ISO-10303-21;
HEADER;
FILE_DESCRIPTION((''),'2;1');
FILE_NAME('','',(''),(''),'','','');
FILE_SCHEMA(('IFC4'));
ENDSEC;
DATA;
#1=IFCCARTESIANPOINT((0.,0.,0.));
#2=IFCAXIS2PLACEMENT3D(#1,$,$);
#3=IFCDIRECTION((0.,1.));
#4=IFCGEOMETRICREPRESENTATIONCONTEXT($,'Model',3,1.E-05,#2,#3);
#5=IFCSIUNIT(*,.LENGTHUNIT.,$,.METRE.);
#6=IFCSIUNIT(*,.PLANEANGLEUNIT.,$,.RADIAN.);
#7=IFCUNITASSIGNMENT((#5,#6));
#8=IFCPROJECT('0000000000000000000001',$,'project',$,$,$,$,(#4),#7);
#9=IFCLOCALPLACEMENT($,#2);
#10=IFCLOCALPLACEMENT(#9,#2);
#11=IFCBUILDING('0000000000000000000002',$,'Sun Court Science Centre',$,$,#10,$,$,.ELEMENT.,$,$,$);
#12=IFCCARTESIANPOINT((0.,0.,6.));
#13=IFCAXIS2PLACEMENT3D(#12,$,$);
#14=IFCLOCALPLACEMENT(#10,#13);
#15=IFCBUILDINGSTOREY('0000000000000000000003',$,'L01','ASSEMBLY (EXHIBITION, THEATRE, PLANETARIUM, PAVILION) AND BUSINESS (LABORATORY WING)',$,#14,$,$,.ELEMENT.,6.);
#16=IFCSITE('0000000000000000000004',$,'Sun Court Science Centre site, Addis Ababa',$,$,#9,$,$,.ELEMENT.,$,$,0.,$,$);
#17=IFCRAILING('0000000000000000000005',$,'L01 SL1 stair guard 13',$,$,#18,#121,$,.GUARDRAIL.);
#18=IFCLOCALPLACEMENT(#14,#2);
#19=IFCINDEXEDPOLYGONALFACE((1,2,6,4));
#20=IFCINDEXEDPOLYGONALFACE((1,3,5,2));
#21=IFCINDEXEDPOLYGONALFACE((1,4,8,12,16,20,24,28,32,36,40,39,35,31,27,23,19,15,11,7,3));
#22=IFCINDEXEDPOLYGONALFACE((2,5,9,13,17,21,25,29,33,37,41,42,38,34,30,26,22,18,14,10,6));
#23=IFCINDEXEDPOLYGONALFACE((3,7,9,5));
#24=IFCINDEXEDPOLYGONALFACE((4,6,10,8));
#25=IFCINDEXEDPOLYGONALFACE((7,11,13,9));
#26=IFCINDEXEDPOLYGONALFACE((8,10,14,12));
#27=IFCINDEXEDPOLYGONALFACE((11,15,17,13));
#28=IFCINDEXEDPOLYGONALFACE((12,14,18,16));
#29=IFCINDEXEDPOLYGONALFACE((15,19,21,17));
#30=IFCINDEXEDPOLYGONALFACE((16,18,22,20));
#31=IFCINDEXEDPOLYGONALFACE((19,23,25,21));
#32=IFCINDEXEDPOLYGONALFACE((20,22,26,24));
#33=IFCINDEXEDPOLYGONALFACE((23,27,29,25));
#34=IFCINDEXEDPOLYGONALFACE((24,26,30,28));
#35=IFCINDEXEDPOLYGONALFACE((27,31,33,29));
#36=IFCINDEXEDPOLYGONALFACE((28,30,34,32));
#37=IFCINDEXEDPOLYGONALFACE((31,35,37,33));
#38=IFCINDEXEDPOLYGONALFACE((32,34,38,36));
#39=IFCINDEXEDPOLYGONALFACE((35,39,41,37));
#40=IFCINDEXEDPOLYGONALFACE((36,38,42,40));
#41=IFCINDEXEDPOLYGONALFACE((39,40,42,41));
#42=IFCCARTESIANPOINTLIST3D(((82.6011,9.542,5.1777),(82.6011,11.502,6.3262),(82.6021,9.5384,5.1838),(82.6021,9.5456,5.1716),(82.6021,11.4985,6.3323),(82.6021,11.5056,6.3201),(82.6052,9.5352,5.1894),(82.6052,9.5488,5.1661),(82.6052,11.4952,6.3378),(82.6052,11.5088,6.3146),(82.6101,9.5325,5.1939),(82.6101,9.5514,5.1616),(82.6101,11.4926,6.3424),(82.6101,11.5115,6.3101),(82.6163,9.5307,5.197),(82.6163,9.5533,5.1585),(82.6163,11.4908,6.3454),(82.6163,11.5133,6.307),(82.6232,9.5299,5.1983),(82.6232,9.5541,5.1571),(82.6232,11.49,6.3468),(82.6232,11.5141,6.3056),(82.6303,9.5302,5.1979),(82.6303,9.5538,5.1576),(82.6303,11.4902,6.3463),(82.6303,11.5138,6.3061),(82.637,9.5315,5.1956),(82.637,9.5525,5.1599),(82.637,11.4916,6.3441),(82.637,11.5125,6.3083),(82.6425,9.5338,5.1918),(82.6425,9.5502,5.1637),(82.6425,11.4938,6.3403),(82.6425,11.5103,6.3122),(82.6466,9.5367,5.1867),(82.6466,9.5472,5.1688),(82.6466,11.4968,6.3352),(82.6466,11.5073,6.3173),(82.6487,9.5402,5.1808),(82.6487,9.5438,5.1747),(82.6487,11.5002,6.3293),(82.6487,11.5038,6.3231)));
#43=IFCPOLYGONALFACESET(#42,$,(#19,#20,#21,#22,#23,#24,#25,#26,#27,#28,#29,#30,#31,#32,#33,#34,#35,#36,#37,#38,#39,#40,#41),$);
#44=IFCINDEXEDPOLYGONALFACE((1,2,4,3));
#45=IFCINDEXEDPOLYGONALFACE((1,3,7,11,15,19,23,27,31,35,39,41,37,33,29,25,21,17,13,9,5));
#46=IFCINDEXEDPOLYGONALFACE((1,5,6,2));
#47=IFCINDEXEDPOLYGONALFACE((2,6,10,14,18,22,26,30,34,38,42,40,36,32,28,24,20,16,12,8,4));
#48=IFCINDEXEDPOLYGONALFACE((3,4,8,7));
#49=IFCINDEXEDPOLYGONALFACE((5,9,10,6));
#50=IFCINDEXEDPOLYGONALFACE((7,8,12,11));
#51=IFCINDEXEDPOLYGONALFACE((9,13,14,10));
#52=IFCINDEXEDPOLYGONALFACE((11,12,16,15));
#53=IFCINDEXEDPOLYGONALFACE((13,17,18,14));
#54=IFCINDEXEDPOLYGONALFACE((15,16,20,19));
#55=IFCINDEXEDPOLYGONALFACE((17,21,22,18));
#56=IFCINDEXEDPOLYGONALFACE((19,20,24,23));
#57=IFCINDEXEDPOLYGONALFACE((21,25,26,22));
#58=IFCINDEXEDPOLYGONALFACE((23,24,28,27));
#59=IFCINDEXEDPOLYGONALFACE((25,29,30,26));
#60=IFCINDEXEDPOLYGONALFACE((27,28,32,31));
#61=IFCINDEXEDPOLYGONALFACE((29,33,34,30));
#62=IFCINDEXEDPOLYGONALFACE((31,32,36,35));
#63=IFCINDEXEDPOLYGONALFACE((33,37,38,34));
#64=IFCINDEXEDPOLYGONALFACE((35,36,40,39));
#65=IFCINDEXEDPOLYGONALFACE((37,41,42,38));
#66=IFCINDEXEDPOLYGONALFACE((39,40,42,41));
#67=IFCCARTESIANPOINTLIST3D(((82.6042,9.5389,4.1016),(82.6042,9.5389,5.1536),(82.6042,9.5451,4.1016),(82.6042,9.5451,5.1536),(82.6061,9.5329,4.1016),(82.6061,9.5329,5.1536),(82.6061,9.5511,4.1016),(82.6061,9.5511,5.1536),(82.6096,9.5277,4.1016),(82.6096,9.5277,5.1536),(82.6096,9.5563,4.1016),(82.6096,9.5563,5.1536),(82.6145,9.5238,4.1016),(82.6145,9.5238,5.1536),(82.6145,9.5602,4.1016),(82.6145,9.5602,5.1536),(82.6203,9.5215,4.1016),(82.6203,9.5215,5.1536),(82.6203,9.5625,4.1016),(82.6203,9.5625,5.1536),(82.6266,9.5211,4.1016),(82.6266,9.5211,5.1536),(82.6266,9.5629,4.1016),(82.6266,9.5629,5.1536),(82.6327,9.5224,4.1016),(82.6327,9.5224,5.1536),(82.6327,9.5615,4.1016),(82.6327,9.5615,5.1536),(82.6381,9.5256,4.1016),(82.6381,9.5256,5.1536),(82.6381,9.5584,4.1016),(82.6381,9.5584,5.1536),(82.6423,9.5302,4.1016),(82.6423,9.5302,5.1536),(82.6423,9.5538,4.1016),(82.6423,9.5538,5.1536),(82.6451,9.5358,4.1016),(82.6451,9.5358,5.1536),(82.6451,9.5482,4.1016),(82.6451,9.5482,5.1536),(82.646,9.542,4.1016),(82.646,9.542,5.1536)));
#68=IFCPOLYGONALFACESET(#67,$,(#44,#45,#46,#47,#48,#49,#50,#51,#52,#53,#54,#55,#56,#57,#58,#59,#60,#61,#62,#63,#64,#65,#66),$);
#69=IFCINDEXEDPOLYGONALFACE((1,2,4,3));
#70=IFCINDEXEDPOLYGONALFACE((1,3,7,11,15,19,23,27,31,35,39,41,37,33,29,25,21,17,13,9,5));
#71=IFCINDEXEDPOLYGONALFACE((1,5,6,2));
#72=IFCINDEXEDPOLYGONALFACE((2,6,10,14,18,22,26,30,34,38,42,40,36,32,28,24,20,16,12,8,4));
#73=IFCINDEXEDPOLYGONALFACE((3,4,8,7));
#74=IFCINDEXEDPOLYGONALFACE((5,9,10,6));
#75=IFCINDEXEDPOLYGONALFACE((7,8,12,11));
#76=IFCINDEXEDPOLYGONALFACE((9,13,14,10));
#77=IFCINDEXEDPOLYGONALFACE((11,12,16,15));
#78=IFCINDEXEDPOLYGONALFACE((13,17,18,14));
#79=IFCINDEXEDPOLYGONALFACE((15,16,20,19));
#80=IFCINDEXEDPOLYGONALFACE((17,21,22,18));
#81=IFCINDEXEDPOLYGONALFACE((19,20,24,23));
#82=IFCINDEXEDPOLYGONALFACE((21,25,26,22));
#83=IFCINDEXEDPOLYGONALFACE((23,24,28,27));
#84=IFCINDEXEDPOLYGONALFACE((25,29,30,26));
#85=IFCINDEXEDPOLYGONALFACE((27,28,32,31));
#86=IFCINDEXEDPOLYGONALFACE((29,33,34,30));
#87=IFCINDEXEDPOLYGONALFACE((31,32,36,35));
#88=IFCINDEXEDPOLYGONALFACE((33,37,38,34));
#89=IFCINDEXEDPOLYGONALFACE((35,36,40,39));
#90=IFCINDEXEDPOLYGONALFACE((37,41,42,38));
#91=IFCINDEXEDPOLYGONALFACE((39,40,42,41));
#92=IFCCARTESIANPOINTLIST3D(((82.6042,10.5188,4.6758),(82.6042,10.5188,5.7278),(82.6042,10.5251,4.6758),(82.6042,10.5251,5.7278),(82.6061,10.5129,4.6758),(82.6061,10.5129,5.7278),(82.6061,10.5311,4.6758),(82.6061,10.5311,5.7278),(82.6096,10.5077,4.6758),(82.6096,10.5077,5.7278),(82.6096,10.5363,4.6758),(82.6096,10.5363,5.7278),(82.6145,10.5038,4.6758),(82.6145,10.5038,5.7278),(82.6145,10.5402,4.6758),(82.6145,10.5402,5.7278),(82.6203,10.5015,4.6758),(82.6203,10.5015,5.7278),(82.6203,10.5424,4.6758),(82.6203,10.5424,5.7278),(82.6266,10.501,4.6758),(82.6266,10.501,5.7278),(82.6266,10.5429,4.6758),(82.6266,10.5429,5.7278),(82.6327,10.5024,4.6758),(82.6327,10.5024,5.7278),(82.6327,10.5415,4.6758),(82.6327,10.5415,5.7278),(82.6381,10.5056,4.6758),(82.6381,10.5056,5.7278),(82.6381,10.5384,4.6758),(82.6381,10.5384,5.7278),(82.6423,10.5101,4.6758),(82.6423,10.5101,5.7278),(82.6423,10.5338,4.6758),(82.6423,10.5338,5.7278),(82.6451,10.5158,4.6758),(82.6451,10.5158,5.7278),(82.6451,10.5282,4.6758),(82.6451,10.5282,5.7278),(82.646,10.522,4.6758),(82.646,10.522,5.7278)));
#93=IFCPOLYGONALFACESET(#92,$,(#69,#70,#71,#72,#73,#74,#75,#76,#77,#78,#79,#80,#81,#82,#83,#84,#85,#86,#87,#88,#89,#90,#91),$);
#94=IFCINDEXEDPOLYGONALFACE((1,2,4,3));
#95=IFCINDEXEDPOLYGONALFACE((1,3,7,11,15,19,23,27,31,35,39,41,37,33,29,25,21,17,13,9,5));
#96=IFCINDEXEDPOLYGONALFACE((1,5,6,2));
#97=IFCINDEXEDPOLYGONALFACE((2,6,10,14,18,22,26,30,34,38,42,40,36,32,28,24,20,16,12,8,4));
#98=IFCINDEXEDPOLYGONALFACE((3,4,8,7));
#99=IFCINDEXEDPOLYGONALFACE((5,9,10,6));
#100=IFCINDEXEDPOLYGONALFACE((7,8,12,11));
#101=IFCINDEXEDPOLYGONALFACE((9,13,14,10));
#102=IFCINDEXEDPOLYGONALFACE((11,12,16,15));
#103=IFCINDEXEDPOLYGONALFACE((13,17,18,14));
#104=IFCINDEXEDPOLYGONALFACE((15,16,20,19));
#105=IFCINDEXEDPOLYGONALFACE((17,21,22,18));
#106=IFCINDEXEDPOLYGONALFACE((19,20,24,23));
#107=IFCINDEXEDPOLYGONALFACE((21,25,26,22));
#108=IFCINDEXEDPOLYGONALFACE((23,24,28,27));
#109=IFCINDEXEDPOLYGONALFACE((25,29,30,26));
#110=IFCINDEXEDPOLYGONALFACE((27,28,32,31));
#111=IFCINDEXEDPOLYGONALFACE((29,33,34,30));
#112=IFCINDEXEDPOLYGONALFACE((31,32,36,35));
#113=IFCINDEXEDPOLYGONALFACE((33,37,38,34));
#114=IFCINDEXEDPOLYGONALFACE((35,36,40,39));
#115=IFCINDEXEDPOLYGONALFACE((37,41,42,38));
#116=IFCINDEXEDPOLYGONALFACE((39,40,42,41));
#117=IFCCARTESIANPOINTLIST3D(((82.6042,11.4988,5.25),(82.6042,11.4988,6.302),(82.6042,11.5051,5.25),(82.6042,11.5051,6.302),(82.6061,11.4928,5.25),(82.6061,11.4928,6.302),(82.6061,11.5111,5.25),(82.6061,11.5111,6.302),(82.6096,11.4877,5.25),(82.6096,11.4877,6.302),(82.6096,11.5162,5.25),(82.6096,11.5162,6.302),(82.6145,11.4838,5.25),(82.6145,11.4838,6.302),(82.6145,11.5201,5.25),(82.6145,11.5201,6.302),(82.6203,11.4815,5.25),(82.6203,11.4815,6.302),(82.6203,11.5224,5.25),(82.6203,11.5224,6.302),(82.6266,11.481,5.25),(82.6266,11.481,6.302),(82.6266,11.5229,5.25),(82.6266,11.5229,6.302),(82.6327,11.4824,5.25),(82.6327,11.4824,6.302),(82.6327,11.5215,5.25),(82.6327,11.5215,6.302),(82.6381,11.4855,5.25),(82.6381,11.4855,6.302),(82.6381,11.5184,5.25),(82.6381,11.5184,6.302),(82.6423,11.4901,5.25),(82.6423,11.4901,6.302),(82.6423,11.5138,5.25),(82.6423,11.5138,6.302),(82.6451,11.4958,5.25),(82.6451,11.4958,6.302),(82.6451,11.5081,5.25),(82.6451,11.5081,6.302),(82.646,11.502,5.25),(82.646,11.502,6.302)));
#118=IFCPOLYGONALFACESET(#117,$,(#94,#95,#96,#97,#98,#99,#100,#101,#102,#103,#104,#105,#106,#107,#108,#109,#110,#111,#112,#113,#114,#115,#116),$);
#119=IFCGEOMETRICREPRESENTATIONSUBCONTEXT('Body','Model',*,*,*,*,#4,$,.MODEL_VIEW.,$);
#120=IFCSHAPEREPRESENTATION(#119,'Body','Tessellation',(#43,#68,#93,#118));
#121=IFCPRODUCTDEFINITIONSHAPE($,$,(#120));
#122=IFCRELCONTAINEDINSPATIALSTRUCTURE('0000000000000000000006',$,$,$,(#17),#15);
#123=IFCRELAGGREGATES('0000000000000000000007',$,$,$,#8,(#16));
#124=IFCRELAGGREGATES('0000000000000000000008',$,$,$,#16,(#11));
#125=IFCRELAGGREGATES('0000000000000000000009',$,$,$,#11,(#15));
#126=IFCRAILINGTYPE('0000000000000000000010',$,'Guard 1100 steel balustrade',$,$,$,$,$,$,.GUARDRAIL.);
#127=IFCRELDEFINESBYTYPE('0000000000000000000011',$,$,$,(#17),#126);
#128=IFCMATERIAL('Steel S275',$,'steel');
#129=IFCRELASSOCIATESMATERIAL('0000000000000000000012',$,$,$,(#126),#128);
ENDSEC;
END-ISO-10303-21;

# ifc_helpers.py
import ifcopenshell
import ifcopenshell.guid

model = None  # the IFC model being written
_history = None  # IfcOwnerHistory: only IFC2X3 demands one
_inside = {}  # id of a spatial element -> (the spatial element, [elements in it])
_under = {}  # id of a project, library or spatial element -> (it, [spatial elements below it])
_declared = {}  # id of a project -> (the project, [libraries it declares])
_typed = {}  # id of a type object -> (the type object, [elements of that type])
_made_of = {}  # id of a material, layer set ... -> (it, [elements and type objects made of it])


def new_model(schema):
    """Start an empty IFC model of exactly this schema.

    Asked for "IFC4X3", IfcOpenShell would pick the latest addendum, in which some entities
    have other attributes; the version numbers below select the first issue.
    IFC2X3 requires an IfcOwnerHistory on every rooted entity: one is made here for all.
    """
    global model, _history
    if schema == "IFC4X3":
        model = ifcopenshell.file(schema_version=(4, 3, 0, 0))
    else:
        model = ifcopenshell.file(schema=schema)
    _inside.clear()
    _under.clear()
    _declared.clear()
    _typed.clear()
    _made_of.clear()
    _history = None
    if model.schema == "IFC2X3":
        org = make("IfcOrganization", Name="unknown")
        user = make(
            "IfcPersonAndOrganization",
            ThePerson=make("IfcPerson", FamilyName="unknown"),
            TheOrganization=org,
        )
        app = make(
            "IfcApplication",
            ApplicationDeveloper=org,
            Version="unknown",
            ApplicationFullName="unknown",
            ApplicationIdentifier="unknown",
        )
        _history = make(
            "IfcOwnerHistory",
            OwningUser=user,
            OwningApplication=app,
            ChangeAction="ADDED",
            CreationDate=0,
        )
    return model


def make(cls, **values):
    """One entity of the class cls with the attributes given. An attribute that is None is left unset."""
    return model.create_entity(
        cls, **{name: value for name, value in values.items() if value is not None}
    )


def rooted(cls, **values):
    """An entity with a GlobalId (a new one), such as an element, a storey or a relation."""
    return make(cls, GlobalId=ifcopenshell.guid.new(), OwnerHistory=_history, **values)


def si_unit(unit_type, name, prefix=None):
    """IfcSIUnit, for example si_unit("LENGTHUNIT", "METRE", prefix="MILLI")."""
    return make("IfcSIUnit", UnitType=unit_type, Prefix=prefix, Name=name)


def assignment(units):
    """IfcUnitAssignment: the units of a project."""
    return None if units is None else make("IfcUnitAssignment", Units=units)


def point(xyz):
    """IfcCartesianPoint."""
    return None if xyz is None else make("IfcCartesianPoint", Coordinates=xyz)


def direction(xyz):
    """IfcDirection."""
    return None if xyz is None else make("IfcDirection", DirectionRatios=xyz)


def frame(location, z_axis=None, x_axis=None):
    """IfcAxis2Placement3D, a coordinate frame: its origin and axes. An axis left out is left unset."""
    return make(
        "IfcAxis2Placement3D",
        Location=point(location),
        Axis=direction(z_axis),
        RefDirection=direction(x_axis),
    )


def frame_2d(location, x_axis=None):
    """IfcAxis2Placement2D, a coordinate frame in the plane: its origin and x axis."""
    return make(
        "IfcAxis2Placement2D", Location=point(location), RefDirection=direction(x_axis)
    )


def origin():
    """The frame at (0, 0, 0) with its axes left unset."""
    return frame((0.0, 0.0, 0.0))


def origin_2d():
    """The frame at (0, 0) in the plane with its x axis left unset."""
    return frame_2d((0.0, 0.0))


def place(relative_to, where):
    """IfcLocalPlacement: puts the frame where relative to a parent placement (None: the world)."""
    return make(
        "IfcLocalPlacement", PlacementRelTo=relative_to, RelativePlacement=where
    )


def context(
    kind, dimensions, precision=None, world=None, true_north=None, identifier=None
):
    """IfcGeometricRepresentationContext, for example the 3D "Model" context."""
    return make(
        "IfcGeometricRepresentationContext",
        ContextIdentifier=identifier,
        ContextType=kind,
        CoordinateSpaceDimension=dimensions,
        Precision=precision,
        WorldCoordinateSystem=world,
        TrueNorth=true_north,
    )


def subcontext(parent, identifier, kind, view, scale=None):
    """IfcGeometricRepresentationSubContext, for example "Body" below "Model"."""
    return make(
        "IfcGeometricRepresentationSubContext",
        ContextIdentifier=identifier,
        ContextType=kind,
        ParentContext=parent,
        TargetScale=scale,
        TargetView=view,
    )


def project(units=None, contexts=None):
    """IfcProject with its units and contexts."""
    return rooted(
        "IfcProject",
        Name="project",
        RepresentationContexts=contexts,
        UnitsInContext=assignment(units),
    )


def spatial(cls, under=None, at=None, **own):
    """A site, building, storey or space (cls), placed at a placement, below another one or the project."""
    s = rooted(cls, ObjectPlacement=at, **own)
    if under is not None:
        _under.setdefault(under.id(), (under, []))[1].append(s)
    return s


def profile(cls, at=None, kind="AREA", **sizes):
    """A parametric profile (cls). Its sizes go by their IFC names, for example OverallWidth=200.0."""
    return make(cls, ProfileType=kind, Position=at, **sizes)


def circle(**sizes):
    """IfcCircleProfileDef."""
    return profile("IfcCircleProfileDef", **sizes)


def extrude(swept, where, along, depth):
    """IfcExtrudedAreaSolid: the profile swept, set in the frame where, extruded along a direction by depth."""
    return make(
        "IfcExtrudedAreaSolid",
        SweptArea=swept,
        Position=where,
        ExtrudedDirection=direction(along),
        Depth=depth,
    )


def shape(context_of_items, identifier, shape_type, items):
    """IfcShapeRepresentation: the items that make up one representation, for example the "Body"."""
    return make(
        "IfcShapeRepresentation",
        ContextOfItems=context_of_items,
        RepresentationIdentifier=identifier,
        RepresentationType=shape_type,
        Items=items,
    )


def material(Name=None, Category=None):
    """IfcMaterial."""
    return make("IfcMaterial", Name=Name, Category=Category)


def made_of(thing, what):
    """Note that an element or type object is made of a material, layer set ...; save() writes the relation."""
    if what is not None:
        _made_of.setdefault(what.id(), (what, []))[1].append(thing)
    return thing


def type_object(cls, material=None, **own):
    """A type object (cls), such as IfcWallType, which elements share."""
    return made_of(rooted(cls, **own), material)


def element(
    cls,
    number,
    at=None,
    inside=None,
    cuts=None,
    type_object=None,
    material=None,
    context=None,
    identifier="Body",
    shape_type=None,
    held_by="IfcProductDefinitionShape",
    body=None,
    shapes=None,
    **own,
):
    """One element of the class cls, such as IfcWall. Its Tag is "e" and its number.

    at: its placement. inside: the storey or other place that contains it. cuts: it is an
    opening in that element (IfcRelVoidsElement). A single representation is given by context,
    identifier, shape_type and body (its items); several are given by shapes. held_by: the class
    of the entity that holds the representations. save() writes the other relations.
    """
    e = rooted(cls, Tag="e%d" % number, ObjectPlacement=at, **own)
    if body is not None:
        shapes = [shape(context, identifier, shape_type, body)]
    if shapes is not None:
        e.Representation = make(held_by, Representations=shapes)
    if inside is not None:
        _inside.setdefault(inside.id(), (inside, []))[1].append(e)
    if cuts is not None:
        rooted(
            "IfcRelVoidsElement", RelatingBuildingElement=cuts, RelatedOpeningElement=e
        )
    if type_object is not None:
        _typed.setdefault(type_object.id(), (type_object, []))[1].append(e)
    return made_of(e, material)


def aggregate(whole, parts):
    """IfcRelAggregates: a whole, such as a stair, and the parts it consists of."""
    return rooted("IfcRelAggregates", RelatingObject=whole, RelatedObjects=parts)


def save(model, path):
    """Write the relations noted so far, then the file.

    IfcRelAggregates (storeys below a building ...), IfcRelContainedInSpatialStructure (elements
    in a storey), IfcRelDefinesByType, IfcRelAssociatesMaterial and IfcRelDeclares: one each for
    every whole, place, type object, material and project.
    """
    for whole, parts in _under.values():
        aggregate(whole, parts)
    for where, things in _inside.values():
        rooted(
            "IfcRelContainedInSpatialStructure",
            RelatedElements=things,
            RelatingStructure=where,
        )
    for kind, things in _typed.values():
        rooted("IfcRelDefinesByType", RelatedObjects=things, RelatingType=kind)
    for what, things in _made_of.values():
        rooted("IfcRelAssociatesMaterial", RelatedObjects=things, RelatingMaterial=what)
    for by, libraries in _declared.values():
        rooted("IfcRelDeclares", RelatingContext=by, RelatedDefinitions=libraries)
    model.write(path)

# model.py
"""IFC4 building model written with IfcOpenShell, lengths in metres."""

from ifc_helpers import new_model, si_unit, direction, frame, origin, origin_2d, place, context, subcontext, project, spatial, circle, extrude, material, type_object, element, save


model = new_model("IFC4")

# Units and contexts
model_context = context("Model", 3, precision=1e-05, world=origin(), true_north=direction((0.0, 1.0)))
body_context = subcontext(model_context, "Body", "Model", "MODEL_VIEW")
ifc_project = project(units=[si_unit("LENGTHUNIT", "METRE"), si_unit("PLANEANGLEUNIT", "RADIAN")], contexts=[model_context])

# Site, building, storey
site_placement = place(None, origin())
site = spatial("IfcSite", under=ifc_project, at=site_placement, Name="Sun Court Science Centre site, Addis Ababa", CompositionType="ELEMENT", RefElevation=0.0)
building_placement = place(site_placement, origin())
building = spatial("IfcBuilding", under=site, at=building_placement, Name="Sun Court Science Centre", CompositionType="ELEMENT")
storey_placement = place(building_placement, frame((0.0, 0.0, 6.0)))
storey = spatial("IfcBuildingStorey", under=building, at=storey_placement, Name="L01", Description="ASSEMBLY (EXHIBITION, THEATRE, PLANETARIUM, PAVILION) AND BUSINESS (LABORATORY WING)", CompositionType="ELEMENT", Elevation=6.0)

# Railing
ifc_material_1 = material(Name="Steel S275", Category="steel")
railing_type_1 = type_object("IfcRailingType", Name="Guard 1100 steel balustrade", PredefinedType="GUARDRAIL", material=ifc_material_1)
railing_1_placement = place(storey_placement, frame((82.625, 9.542, 4.1016)))
element("IfcRailing", 1, at=railing_1_placement, inside=storey, type_object=railing_type_1, Name="L01 SL1 stair guard 13", PredefinedType="GUARDRAIL", context=body_context, shape_type="SweptSolid", body=[
    extrude(circle(Radius=0.0239, at=origin_2d()), frame((0.0, 0.0, 1.0762), z_axis=(0.0, 0.862795, 0.505554), x_axis=(-1.0, 0.0, 0.0)), (0.0, 0.0, 1.0), 2.2717),
    extrude(circle(Radius=0.021, at=origin_2d()), origin(), (0.0, 0.0, 1.0), 1.052),
    extrude(circle(Radius=0.021, at=origin_2d()), frame((0.0, 0.98, 0.5742)), (0.0, 0.0, 1.0), 1.052),
    extrude(circle(Radius=0.021, at=origin_2d()), frame((0.0, 1.96, 1.1484)), (0.0, 0.0, 1.0), 1.052),
])

save(model, "model.ifc")
